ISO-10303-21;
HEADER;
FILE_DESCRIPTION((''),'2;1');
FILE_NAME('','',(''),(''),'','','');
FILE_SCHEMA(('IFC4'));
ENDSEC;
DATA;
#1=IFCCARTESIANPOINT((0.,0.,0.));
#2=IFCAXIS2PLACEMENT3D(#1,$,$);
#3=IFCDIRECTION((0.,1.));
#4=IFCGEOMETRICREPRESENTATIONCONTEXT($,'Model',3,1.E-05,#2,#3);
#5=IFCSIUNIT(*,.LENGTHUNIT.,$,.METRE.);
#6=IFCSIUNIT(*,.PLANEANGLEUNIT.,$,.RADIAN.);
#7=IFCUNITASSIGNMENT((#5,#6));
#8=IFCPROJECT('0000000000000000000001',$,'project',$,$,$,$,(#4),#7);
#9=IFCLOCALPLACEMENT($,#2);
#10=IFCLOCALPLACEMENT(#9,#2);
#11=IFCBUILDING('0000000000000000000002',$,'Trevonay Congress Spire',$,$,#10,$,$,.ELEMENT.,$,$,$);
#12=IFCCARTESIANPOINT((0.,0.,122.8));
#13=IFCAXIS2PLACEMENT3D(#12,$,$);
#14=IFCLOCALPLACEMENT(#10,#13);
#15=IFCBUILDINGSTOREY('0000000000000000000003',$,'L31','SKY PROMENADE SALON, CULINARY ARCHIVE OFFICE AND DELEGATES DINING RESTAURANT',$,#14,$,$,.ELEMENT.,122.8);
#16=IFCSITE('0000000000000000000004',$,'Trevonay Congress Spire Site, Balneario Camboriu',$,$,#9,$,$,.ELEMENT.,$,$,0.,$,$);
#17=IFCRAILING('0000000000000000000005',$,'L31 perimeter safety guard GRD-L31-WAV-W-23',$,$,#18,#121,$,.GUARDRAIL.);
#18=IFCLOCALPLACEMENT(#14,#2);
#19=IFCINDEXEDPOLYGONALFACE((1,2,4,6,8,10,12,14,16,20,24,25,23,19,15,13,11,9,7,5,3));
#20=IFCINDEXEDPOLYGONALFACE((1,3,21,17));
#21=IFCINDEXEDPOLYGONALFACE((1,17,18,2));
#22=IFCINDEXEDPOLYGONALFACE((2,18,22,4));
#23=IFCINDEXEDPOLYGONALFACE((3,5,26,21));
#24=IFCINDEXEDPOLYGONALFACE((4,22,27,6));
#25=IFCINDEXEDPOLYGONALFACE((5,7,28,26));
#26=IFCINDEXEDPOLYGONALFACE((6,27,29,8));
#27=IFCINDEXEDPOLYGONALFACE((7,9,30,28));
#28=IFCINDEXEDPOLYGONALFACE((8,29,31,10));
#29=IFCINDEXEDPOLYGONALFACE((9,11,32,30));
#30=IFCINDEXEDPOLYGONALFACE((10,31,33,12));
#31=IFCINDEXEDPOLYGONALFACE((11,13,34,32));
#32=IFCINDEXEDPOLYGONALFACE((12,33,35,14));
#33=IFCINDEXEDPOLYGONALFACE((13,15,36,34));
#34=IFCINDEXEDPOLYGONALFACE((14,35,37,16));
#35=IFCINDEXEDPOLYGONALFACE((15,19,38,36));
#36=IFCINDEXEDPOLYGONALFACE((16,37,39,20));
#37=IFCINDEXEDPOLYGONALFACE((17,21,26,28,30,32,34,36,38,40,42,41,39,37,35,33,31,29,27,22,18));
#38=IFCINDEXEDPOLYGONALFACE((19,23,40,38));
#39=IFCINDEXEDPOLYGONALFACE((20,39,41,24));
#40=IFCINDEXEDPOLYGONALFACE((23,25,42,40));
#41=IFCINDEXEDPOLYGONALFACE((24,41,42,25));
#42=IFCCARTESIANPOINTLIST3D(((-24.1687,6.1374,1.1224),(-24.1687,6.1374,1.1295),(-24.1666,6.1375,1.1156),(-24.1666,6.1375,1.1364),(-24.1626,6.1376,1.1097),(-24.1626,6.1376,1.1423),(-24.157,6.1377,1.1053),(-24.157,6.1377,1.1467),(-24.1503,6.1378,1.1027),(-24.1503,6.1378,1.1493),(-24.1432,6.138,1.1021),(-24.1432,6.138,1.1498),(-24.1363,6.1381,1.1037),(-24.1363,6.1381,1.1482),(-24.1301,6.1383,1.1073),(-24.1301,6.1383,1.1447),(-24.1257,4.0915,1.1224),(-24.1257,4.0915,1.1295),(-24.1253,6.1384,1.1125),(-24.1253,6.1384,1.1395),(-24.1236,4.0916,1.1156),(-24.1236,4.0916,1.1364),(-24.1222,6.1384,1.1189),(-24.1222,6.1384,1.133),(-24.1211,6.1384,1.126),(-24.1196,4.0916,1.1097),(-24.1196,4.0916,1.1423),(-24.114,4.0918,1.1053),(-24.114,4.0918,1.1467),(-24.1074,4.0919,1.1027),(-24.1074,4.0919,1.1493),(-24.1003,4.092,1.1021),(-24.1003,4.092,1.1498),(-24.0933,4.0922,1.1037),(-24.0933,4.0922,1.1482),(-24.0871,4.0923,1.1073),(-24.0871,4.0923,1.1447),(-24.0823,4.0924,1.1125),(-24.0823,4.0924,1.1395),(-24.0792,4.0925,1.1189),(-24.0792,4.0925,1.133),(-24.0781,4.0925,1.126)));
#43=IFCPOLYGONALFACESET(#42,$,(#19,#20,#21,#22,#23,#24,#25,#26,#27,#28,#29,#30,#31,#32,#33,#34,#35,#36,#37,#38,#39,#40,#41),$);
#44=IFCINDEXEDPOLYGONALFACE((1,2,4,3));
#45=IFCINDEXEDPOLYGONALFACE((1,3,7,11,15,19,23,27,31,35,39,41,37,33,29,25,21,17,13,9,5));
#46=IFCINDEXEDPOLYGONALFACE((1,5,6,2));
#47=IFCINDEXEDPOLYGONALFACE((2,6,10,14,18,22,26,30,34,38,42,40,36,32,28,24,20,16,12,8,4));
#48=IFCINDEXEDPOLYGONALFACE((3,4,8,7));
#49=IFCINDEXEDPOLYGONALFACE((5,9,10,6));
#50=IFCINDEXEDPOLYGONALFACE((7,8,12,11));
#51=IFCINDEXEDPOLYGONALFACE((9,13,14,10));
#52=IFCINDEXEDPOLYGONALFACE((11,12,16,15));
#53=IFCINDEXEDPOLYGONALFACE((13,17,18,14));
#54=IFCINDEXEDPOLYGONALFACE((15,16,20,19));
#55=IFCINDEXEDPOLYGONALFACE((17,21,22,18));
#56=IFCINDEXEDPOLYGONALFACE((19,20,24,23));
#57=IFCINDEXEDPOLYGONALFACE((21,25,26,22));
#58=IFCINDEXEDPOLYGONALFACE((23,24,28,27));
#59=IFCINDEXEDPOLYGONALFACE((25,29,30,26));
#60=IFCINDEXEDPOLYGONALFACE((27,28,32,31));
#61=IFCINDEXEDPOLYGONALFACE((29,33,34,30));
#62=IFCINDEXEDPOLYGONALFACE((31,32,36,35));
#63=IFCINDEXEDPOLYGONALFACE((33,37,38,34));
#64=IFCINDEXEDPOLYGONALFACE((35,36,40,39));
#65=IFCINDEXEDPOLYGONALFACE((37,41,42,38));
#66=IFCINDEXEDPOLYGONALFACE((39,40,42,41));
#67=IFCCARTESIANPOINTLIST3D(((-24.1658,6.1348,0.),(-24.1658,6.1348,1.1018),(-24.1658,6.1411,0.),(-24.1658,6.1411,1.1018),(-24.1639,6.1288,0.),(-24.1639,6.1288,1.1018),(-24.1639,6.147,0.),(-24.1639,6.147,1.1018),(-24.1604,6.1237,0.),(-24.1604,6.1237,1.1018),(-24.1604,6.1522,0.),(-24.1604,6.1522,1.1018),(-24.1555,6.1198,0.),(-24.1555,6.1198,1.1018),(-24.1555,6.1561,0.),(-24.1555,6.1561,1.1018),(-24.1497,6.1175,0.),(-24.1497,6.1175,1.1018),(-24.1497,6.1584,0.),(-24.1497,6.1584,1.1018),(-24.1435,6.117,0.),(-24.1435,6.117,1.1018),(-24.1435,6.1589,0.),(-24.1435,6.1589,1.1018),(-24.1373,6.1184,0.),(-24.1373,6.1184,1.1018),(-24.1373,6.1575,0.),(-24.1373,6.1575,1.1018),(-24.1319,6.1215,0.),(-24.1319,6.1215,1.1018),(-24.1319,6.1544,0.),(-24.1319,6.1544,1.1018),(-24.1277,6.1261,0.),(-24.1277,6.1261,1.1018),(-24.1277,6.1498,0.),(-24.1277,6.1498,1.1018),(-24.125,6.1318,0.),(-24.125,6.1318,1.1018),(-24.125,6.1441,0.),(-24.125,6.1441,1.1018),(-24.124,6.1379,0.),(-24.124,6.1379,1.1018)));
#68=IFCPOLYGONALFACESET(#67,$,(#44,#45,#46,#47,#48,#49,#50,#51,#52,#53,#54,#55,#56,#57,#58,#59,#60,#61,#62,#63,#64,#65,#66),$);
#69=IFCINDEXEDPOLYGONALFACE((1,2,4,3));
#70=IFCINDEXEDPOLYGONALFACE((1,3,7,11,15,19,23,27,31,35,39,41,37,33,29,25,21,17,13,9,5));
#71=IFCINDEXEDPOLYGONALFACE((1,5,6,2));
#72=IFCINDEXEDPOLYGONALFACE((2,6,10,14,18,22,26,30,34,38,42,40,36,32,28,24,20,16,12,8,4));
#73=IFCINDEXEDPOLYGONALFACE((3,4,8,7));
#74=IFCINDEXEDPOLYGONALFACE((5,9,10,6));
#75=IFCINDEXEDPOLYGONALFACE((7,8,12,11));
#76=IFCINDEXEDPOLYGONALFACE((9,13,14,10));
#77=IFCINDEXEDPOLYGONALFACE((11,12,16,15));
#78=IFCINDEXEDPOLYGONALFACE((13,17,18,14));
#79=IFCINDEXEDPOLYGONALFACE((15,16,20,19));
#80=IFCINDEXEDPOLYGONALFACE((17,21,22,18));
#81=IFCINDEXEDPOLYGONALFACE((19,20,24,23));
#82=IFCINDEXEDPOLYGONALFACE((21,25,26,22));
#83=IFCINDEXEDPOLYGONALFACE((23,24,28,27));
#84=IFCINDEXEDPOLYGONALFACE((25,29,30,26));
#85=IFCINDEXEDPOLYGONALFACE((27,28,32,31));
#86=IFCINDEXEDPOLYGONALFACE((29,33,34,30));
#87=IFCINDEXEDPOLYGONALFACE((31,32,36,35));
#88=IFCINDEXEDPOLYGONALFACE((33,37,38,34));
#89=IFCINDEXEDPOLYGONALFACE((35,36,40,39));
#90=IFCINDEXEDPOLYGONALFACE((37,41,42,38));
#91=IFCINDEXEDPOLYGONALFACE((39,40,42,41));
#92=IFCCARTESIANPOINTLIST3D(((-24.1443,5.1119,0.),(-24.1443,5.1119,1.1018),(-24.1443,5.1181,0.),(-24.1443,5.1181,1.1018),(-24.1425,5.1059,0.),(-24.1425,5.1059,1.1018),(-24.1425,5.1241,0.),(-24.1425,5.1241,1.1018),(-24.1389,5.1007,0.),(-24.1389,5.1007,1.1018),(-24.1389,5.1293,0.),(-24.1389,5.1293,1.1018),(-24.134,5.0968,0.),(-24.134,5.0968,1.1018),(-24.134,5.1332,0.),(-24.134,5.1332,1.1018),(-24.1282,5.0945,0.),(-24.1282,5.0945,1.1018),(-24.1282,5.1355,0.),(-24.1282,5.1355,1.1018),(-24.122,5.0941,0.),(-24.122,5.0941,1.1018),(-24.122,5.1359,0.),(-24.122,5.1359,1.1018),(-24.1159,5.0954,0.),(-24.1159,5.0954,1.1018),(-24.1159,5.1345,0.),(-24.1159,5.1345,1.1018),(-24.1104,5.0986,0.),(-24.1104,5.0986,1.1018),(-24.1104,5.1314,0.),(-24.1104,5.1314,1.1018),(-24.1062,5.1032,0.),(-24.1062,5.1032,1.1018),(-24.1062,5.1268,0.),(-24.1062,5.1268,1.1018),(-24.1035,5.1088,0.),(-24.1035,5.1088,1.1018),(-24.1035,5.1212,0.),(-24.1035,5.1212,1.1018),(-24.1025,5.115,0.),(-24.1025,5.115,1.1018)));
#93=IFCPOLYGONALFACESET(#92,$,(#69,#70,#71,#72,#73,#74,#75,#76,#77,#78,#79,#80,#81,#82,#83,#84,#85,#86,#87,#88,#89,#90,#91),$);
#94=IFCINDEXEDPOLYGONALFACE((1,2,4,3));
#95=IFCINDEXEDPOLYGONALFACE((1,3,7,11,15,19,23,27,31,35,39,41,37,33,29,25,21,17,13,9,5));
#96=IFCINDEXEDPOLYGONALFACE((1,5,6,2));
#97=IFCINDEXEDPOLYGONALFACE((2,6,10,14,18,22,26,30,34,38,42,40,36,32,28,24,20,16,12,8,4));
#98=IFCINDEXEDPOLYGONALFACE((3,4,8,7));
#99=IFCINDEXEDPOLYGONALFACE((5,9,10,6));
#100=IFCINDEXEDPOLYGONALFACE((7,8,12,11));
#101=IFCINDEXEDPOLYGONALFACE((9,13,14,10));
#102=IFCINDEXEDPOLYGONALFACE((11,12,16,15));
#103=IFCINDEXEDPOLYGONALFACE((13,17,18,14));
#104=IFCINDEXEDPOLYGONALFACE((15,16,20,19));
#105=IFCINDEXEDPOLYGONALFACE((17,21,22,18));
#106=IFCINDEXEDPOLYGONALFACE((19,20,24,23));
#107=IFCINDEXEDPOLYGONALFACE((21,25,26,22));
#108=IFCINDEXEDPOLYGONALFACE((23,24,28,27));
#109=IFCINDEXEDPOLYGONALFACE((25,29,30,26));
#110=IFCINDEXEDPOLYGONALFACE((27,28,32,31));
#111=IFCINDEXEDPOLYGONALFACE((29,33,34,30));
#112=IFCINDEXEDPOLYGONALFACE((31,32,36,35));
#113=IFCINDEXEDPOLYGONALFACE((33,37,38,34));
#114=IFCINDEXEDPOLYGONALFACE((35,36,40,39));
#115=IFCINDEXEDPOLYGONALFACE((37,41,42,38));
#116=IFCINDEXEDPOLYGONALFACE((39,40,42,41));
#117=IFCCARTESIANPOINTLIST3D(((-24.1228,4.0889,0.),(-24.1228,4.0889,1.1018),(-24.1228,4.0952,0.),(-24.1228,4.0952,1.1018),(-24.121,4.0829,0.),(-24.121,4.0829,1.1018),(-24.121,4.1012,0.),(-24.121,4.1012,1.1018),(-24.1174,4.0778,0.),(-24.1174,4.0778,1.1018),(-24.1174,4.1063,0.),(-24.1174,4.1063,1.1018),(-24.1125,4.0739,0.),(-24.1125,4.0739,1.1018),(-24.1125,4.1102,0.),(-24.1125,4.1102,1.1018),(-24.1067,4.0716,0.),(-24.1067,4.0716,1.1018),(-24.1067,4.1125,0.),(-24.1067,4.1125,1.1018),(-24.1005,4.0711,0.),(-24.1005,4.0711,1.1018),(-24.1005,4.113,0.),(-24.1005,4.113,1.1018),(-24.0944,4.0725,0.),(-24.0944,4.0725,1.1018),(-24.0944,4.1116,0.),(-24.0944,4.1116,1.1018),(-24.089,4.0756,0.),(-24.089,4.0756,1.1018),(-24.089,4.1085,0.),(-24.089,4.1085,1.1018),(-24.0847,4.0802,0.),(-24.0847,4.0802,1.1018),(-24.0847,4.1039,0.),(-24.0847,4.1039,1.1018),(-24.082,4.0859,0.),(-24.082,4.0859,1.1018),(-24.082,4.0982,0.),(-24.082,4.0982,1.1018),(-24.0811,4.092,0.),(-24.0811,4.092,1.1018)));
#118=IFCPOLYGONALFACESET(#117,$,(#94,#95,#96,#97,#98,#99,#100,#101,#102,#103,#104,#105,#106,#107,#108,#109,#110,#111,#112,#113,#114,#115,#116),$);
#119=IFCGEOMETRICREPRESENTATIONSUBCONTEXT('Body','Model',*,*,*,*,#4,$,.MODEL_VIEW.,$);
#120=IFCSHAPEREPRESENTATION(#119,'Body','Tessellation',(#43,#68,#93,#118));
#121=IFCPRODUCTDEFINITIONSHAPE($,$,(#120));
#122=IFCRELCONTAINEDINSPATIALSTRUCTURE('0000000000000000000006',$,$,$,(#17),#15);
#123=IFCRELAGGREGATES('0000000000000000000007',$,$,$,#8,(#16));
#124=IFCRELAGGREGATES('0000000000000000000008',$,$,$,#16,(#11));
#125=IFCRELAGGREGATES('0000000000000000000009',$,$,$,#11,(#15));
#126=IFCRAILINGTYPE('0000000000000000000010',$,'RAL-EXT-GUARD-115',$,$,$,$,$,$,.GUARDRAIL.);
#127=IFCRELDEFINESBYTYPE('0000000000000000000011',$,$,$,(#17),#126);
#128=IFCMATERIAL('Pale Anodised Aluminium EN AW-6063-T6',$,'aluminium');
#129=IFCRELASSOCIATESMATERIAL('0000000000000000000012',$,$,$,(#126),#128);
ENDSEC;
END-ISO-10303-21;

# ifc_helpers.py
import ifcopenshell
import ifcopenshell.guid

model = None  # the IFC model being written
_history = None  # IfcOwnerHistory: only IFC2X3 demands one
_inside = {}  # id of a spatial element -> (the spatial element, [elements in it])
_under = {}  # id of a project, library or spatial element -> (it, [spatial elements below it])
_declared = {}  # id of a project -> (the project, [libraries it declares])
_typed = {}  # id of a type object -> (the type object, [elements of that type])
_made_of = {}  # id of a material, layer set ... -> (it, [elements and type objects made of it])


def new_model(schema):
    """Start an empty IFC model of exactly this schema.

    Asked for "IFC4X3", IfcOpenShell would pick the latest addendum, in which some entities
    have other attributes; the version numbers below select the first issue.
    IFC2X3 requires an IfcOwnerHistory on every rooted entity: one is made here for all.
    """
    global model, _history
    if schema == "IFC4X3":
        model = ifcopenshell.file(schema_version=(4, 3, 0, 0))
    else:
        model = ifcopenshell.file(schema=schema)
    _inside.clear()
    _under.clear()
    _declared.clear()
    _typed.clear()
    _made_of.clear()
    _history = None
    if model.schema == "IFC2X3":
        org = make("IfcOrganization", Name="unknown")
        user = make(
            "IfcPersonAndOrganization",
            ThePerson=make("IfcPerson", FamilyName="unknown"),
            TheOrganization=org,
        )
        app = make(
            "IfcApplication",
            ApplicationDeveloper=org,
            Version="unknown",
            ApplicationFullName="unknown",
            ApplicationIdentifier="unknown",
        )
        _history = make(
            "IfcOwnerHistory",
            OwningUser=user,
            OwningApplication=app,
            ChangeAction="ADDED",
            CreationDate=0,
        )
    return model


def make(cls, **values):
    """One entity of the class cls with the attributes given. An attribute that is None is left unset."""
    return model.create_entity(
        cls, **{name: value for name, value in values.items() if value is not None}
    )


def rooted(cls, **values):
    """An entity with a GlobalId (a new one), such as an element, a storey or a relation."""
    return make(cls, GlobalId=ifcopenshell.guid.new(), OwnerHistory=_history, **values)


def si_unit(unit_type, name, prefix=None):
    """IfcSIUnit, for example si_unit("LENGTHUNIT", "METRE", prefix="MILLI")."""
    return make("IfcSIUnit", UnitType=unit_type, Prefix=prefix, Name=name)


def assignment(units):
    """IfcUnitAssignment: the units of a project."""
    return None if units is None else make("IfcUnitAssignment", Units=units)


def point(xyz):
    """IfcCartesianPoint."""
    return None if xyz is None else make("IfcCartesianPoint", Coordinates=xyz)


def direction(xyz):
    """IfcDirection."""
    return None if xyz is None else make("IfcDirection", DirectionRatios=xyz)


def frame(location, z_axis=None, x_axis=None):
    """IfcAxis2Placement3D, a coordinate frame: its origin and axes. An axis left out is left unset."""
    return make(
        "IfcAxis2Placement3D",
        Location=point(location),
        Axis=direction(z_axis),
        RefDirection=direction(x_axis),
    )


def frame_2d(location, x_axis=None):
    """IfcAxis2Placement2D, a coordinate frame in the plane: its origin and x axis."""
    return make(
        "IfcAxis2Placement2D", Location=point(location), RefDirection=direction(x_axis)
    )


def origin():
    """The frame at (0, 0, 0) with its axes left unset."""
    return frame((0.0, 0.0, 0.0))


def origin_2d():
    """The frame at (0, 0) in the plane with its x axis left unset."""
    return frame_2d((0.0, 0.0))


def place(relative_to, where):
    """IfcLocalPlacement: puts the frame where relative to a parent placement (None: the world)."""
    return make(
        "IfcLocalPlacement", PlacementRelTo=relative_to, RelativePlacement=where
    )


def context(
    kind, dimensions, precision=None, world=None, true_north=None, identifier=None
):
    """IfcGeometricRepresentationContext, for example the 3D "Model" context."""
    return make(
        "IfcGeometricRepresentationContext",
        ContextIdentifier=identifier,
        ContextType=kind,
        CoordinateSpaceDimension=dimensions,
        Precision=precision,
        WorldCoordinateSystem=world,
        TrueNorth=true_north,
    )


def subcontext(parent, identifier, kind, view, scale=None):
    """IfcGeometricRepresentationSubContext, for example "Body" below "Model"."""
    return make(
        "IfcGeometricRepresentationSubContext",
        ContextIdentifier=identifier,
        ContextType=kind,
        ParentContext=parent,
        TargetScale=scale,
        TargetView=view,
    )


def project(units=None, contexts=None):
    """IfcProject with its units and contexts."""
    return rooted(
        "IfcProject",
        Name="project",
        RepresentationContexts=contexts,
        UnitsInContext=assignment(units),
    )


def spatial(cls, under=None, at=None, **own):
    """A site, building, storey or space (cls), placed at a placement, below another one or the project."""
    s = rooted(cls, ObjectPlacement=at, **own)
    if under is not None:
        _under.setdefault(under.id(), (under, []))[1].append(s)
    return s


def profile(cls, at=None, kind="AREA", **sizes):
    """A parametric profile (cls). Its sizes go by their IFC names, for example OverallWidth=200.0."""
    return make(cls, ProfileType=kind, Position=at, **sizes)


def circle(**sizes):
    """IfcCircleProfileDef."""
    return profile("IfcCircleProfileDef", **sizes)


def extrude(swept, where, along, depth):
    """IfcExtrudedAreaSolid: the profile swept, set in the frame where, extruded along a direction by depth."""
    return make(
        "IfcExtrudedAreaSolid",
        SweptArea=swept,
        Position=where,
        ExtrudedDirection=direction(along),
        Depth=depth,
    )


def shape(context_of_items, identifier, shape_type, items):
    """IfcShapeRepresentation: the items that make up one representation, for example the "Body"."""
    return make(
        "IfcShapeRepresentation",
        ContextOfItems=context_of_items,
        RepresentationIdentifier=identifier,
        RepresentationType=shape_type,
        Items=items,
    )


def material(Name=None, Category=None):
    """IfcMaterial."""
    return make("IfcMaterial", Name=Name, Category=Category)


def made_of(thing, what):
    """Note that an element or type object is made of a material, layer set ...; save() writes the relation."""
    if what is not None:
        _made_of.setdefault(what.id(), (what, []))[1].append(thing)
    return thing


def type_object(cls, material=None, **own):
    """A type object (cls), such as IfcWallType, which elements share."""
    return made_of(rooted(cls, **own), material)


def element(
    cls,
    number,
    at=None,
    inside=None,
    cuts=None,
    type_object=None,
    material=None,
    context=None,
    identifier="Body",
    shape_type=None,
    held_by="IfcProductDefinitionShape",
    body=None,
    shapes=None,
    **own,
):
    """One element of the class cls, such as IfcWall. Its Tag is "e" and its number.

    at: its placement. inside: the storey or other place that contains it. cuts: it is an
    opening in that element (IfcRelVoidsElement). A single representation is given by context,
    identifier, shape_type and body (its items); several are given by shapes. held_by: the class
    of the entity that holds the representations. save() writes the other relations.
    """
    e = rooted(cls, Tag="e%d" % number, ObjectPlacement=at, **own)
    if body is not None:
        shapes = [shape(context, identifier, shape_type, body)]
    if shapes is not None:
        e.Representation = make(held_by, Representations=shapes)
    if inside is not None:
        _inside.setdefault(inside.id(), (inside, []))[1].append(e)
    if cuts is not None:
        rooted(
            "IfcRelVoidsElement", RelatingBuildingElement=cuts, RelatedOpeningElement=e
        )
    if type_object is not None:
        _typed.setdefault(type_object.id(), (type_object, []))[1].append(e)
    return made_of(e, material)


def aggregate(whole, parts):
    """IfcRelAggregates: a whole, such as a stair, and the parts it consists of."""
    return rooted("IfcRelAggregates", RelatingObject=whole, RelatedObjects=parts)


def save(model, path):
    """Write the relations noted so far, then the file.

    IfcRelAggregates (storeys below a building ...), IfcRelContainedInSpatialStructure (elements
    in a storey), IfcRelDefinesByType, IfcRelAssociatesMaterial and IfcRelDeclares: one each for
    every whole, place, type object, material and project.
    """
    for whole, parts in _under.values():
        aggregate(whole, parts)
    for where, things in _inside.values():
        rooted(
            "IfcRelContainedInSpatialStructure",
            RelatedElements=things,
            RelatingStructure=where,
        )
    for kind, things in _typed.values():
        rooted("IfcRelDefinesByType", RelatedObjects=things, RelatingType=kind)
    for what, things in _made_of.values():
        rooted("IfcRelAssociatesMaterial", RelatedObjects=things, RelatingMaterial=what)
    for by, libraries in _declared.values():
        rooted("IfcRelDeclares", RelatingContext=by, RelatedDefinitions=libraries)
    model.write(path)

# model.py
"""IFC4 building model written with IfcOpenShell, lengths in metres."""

from ifc_helpers import new_model, si_unit, direction, frame, origin, origin_2d, place, context, subcontext, project, spatial, circle, extrude, material, type_object, element, save


model = new_model("IFC4")

# Units and contexts
model_context = context("Model", 3, precision=1e-05, world=origin(), true_north=direction((0.0, 1.0)))
body_context = subcontext(model_context, "Body", "Model", "MODEL_VIEW")
ifc_project = project(units=[si_unit("LENGTHUNIT", "METRE"), si_unit("PLANEANGLEUNIT", "RADIAN")], contexts=[model_context])

# Site, building, storey
site_placement = place(None, origin())
site = spatial("IfcSite", under=ifc_project, at=site_placement, Name="Trevonay Congress Spire Site, Balneario Camboriu", CompositionType="ELEMENT", RefElevation=0.0)
building_placement = place(site_placement, origin())
building = spatial("IfcBuilding", under=site, at=building_placement, Name="Trevonay Congress Spire", CompositionType="ELEMENT")
storey_placement = place(building_placement, frame((0.0, 0.0, 122.8)))
storey = spatial("IfcBuildingStorey", under=building, at=storey_placement, Name="L31", Description="SKY PROMENADE SALON, CULINARY ARCHIVE OFFICE AND DELEGATES DINING RESTAURANT", CompositionType="ELEMENT", Elevation=122.8)

# Shared definitions
ifc_material_1 = material(Name="Pale Anodised Aluminium EN AW-6063-T6", Category="aluminium")

# Railing
railing_type = type_object("IfcRailingType", Name="RAL-EXT-GUARD-115", PredefinedType="GUARDRAIL", material=ifc_material_1)
railing_1_placement = place(storey_placement, frame((-24.145, 6.1379, 0.0)))
element("IfcRailing", 1, at=railing_1_placement, inside=storey, type_object=railing_type, Name="L31 perimeter safety guard GRD-L31-WAV-W-23", PredefinedType="GUARDRAIL", context=body_context, shape_type="SweptSolid", body=[
    extrude(circle(Radius=0.0239, at=origin_2d()), frame((0.0, 0.0, 1.126), z_axis=(0.020998, -0.99978, 0.0), x_axis=(0.99978, 0.020998, 0.0)), (0.0, 0.0, 1.0), 2.0464),
    extrude(circle(Radius=0.021, at=origin_2d()), origin(), (0.0, 0.0, 1.0), 1.1018),
    extrude(circle(Radius=0.021, at=origin_2d()), frame((0.0215, -1.0229, 0.0)), (0.0, 0.0, 1.0), 1.1018),
    extrude(circle(Radius=0.021, at=origin_2d()), frame((0.043, -2.0459, 0.0)), (0.0, 0.0, 1.0), 1.1018),
])

save(model, "model.ifc")
